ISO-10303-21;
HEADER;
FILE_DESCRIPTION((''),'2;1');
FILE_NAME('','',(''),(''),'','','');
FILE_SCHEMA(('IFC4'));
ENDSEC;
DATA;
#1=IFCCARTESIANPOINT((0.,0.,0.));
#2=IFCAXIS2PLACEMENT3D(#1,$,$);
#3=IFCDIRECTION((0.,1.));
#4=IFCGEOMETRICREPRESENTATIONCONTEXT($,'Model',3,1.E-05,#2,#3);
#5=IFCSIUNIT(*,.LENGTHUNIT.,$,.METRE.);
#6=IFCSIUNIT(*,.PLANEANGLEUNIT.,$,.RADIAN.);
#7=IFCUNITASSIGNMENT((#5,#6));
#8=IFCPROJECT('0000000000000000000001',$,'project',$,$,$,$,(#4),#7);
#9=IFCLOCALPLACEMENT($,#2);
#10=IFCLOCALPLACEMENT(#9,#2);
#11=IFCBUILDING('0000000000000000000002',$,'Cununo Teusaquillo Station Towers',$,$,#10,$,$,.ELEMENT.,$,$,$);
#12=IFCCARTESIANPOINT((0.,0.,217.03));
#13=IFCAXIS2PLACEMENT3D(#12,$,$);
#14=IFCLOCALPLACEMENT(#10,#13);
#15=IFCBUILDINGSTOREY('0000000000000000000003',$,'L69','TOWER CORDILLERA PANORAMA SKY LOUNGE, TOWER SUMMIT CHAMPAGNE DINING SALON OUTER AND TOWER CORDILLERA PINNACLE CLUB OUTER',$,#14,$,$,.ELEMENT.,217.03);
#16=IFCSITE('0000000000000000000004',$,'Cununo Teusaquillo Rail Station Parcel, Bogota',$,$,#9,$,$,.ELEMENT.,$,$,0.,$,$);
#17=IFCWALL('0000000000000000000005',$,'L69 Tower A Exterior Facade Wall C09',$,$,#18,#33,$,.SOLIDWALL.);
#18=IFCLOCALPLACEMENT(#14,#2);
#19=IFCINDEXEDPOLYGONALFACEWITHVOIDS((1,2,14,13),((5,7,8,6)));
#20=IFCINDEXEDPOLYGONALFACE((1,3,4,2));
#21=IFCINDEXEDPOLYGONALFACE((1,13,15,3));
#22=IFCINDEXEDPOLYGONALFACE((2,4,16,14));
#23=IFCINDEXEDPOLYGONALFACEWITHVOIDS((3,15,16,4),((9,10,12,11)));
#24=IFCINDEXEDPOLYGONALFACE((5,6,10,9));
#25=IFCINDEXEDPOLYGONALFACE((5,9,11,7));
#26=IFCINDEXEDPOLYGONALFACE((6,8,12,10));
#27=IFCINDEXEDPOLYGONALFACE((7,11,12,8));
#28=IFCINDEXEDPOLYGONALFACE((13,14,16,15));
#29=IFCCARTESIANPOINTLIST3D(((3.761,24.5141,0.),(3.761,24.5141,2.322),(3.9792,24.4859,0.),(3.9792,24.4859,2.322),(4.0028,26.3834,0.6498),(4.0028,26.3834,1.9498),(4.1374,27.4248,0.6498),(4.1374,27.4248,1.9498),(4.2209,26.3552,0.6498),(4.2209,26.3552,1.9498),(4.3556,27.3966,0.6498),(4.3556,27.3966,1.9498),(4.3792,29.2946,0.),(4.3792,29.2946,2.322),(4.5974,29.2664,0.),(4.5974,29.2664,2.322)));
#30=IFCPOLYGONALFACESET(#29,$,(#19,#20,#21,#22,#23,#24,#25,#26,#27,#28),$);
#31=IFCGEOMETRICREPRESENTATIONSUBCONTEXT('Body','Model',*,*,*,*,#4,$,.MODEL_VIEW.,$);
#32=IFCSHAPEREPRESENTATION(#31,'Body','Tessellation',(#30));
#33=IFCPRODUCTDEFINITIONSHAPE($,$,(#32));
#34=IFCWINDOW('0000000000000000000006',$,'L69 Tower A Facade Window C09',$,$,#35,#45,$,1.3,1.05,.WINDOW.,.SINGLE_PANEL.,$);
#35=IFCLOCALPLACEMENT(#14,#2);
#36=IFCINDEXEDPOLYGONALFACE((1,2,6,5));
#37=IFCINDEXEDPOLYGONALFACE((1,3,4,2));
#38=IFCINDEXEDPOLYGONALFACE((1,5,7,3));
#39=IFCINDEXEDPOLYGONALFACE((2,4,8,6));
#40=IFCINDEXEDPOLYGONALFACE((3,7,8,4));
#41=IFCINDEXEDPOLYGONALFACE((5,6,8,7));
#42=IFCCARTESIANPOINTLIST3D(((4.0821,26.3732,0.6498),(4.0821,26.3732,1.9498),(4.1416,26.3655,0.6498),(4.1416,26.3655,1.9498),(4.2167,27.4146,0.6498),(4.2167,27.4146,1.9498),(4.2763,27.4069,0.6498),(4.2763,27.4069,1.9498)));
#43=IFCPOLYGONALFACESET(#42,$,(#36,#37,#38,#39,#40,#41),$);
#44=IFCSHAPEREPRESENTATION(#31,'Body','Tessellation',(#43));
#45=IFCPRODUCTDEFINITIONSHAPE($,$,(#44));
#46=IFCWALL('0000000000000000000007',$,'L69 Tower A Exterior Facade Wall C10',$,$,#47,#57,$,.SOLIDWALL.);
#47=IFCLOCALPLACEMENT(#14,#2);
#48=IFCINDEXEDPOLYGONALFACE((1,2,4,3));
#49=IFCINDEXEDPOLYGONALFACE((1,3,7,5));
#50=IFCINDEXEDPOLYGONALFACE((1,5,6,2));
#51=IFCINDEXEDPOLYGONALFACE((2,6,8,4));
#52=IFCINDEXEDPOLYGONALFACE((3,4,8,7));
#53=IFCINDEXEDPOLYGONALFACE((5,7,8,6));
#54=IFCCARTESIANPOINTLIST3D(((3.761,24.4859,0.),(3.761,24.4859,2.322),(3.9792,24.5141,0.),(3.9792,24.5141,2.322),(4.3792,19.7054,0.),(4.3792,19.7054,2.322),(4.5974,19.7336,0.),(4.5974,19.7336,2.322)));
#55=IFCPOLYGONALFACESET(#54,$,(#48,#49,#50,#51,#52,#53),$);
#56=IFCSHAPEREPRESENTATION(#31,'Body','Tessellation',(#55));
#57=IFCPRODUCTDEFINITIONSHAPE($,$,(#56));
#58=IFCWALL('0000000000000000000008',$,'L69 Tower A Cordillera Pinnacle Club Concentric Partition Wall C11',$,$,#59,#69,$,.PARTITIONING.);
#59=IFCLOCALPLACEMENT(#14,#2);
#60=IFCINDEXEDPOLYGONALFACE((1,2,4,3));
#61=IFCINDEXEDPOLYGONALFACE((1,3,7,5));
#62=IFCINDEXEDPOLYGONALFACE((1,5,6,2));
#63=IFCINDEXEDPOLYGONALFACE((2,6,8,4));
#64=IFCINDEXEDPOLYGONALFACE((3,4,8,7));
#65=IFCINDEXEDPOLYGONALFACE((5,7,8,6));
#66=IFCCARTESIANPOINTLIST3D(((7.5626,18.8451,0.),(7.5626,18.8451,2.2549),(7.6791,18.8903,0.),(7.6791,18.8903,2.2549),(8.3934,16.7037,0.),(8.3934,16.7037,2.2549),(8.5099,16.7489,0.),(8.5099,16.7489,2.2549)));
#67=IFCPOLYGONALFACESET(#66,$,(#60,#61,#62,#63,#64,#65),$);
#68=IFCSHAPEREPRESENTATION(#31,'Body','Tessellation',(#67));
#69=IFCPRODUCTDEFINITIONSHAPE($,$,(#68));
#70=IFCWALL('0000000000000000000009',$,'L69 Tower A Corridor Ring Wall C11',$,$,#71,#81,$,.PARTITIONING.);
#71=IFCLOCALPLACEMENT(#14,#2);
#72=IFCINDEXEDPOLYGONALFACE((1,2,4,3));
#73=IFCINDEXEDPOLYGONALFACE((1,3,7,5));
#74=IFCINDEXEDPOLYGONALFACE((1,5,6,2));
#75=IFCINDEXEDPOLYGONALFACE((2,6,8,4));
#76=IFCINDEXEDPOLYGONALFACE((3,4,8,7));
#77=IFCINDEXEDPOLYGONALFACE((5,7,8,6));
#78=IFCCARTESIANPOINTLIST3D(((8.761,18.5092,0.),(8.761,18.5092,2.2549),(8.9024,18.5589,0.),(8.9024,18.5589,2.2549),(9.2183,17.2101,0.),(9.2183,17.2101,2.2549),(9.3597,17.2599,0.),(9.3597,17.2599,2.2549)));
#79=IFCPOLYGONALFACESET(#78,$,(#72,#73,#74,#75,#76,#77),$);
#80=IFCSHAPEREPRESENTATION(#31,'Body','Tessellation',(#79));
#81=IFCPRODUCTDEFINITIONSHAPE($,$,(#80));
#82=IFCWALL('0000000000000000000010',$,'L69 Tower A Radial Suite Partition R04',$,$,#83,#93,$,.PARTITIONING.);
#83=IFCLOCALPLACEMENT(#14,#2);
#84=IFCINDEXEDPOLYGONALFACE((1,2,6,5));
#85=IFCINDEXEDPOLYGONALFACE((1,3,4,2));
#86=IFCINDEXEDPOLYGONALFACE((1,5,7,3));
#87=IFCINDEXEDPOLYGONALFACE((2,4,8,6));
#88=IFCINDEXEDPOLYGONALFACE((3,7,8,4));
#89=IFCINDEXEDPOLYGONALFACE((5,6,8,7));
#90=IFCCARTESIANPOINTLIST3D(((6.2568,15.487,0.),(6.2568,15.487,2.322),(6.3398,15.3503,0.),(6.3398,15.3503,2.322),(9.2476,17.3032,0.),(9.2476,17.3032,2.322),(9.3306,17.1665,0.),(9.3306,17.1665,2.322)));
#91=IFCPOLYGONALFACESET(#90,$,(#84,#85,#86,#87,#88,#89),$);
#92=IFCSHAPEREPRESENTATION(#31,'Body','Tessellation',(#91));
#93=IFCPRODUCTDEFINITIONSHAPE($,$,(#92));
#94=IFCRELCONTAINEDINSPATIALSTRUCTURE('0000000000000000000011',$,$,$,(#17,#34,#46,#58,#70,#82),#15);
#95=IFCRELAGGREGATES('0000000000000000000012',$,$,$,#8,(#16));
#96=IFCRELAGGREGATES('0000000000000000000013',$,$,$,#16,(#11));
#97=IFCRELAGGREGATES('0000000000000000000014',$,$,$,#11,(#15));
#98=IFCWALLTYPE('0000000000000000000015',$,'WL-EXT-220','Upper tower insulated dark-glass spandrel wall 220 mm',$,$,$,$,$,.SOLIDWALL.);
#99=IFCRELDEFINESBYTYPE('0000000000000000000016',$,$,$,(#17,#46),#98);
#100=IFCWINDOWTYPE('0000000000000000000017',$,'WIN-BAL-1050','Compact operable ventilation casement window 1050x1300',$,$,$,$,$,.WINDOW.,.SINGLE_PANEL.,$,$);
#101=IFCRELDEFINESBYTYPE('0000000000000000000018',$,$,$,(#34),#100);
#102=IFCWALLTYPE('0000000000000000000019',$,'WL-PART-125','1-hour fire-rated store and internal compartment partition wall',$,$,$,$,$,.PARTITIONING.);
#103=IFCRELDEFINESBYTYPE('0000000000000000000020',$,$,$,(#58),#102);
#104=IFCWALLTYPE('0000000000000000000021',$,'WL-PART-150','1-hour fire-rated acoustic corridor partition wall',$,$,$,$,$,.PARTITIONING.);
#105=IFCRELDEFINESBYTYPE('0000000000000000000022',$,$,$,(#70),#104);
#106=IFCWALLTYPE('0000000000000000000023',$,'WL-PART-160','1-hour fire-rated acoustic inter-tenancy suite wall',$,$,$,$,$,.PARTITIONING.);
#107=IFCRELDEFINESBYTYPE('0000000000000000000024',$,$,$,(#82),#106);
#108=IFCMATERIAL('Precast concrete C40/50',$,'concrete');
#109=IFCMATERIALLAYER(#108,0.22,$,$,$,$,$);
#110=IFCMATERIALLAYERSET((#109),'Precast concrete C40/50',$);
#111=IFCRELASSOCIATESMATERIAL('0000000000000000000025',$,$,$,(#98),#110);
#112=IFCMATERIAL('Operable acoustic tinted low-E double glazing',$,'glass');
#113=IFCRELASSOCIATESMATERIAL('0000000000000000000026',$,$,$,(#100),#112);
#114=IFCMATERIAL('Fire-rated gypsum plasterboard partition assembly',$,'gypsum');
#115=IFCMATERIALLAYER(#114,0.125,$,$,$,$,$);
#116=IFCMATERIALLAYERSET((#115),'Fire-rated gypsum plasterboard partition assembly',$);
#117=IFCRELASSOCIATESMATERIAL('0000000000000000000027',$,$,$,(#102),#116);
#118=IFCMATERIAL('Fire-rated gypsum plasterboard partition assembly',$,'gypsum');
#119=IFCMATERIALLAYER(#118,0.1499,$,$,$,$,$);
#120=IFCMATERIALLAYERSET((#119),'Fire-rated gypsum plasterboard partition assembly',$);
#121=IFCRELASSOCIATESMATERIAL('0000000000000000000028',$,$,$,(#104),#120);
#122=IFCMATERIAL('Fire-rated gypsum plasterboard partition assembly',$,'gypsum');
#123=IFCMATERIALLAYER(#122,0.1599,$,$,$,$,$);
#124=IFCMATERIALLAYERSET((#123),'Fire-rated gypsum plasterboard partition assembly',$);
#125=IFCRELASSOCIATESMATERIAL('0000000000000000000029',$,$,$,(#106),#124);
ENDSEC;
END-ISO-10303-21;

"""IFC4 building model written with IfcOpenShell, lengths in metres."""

from ifc_helpers import new_model, si_unit, direction, frame, frame_2d, origin, place, context, subcontext, project, spatial, rectangle, extrude, source, transform, mapped, material, layer, layer_set, type_object, element, fill, save


model = new_model("IFC4")

# Units and contexts
model_context = context("Model", 3, precision=1e-05, world=origin(), true_north=direction((0.0, 1.0)))
body_context = subcontext(model_context, "Body", "Model", "MODEL_VIEW")
ifc_project = project(units=[si_unit("LENGTHUNIT", "METRE"), si_unit("PLANEANGLEUNIT", "RADIAN")], contexts=[model_context])

# Site, building, storey
site_placement = place(None, origin())
site = spatial("IfcSite", under=ifc_project, at=site_placement, Name="Cununo Teusaquillo Rail Station Parcel, Bogota", CompositionType="ELEMENT", RefElevation=0.0)
building_placement = place(site_placement, origin())
building = spatial("IfcBuilding", under=site, at=building_placement, Name="Cununo Teusaquillo Station Towers", CompositionType="ELEMENT")
storey_placement = place(building_placement, frame((0.0, 0.0, 217.03)))
storey = spatial("IfcBuildingStorey", under=building, at=storey_placement, Name="L69", Description="TOWER CORDILLERA PANORAMA SKY LOUNGE, TOWER SUMMIT CHAMPAGNE DINING SALON OUTER AND TOWER CORDILLERA PINNACLE CLUB OUTER", CompositionType="ELEMENT", Elevation=217.03)

# Wall, opening, window
ifc_material_1 = material(Name="Precast concrete C40/50", Category="concrete")
ifc_layer_1 = layer(ifc_material_1, 0.22)
ifc_layer_set_1 = layer_set([ifc_layer_1], Name="Precast concrete C40/50")
wall_type_1 = type_object("IfcWallType", Name="WL-EXT-220", Description="Upper tower insulated dark-glass spandrel wall 220 mm", PredefinedType="SOLIDWALL", material=ifc_layer_set_1)
wall_1_placement = place(storey_placement, frame((3.8701, 24.5, 0.0), z_axis=(0.0, 0.0, 1.0), x_axis=(0.128241, 0.991743, 0.0)))
wall_1 = element("IfcWall", 1, at=wall_1_placement, inside=storey, type_object=wall_type_1, Name="L69 Tower A Exterior Facade Wall C09", PredefinedType="SOLIDWALL", context=body_context, shape_type="SweptSolid", body=[
    extrude(rectangle(XDim=4.8203, YDim=0.22, at=frame_2d((2.4102, 0.0))), origin(), (0.0, 0.0, 1.0), 2.322),
])
shared_shape_1 = source(origin(), body_context, "Body", "SweptSolid", [
    extrude(rectangle(XDim=1.05, YDim=1.3, at=frame_2d((0.5249, 0.6499))), frame((0.0, 0.1199, 0.0), z_axis=(0.0, -1.0, 0.0), x_axis=(1.0, 0.0, 0.0)), (0.0, 0.0, 1.0), 0.24),
])
opening_1_placement = place(wall_1_placement, frame((1.885, 0.0, 0.6499)))
opening_1 = element("IfcOpeningElement", 2, at=opening_1_placement, cuts=wall_1, PredefinedType="OPENING", context=body_context, shape_type="MappedRepresentation", body=[
    mapped(shared_shape_1, transform((0.0, 0.0, 0.0), x_axis=(1.0, 0.0, 0.0), y_axis=(0.0, 1.0, 0.0), z_axis=(0.0, 0.0, 1.0), scale=1.0)),
])
ifc_material_2 = material(Name="Operable acoustic tinted low-E double glazing", Category="glass")
window_type = type_object("IfcWindowType", Name="WIN-BAL-1050", Description="Compact operable ventilation casement window 1050x1300", PartitioningType="SINGLE_PANEL", PredefinedType="WINDOW", material=ifc_material_2)
shared_shape_2 = source(origin(), body_context, "Body", "SweptSolid", [
    extrude(rectangle(XDim=1.05, YDim=1.3, at=frame_2d((0.5249, 0.6499))), frame((0.0, 0.03, 0.0), z_axis=(0.0, -1.0, 0.0), x_axis=(1.0, 0.0, 0.0)), (0.0, 0.0, 1.0), 0.0601),
])
window_placement = place(opening_1_placement, origin())
window = element("IfcWindow", 3, at=window_placement, inside=storey, type_object=window_type, Name="L69 Tower A Facade Window C09", OverallHeight=1.3, OverallWidth=1.05, PartitioningType="SINGLE_PANEL", PredefinedType="WINDOW", context=body_context, shape_type="MappedRepresentation", body=[
    mapped(shared_shape_2, transform((0.0, 0.0, 0.0), x_axis=(1.0, 0.0, 0.0), y_axis=(0.0, 1.0, 0.0), z_axis=(0.0, 0.0, 1.0), scale=1.0)),
])
fill(opening_1, window)

# Walls
wall_2_placement = place(storey_placement, frame((4.4883, 19.7195, 0.0), z_axis=(0.0, 0.0, 1.0), x_axis=(-0.128241, 0.991743, 0.0)))
element("IfcWall", 4, at=wall_2_placement, inside=storey, type_object=wall_type_1, Name="L69 Tower A Exterior Facade Wall C10", PredefinedType="SOLIDWALL", context=body_context, shape_type="SweptSolid", body=[
    extrude(rectangle(XDim=4.8203, YDim=0.22, at=frame_2d((2.4102, 0.0))), origin(), (0.0, 0.0, 1.0), 2.322),
])
ifc_material_3 = material(Name="Fire-rated gypsum plasterboard partition assembly", Category="gypsum")
ifc_layer_2 = layer(ifc_material_3, 0.125)
ifc_layer_set_2 = layer_set([ifc_layer_2], Name="Fire-rated gypsum plasterboard partition assembly")
wall_type_2 = type_object("IfcWallType", Name="WL-PART-125", Description="1-hour fire-rated store and internal compartment partition wall", PredefinedType="PARTITIONING", material=ifc_layer_set_2)
wall_3_placement = place(storey_placement, frame((7.6208, 18.8677, 0.0), z_axis=(0.0, 0.0, 1.0), x_axis=(0.361713, -0.93229, 0.0)))
element("IfcWall", 5, at=wall_3_placement, inside=storey, type_object=wall_type_2, Name="L69 Tower A Cordillera Pinnacle Club Concentric Partition Wall C11", PredefinedType="PARTITIONING", context=body_context, shape_type="SweptSolid", body=[
    extrude(rectangle(XDim=2.2969, YDim=0.125, at=frame_2d((1.1484, 0.0))), origin(), (0.0, 0.0, 1.0), 2.2549),
])
ifc_material_4 = material(Name="Fire-rated gypsum plasterboard partition assembly", Category="gypsum")
ifc_layer_3 = layer(ifc_material_4, 0.1499)
ifc_layer_set_3 = layer_set([ifc_layer_3], Name="Fire-rated gypsum plasterboard partition assembly")
wall_type_3 = type_object("IfcWallType", Name="WL-PART-150", Description="1-hour fire-rated acoustic corridor partition wall", PredefinedType="PARTITIONING", material=ifc_layer_set_3)
wall_4_placement = place(storey_placement, frame((8.8318, 18.5339, 0.0), z_axis=(0.0, 0.0, 1.0), x_axis=(0.332032, -0.943268, 0.0)))
element("IfcWall", 6, at=wall_4_placement, inside=storey, type_object=wall_type_3, Name="L69 Tower A Corridor Ring Wall C11", PredefinedType="PARTITIONING", context=body_context, shape_type="SweptSolid", body=[
    extrude(rectangle(XDim=1.3772, YDim=0.1499, at=frame_2d((0.6885, 0.0))), origin(), (0.0, 0.0, 1.0), 2.2549),
])
ifc_material_5 = material(Name="Fire-rated gypsum plasterboard partition assembly", Category="gypsum")
ifc_layer_4 = layer(ifc_material_5, 0.1599)
ifc_layer_set_4 = layer_set([ifc_layer_4], Name="Fire-rated gypsum plasterboard partition assembly")
wall_type_4 = type_object("IfcWallType", Name="WL-PART-160", Description="1-hour fire-rated acoustic inter-tenancy suite wall", PredefinedType="PARTITIONING", material=ifc_layer_set_4)
wall_5_placement = place(storey_placement, frame((9.2891, 17.2349, 0.0), z_axis=(0.0, 0.0, 1.0), x_axis=(-0.854741, -0.519055, 0.0)))
element("IfcWall", 7, at=wall_5_placement, inside=storey, type_object=wall_type_4, Name="L69 Tower A Radial Suite Partition R04", PredefinedType="PARTITIONING", context=body_context, shape_type="SweptSolid", body=[
    extrude(rectangle(XDim=3.499, YDim=0.1599, at=frame_2d((1.7495, 0.0))), origin(), (0.0, 0.0, 1.0), 2.322),
])

save(model, "model.ifc")
